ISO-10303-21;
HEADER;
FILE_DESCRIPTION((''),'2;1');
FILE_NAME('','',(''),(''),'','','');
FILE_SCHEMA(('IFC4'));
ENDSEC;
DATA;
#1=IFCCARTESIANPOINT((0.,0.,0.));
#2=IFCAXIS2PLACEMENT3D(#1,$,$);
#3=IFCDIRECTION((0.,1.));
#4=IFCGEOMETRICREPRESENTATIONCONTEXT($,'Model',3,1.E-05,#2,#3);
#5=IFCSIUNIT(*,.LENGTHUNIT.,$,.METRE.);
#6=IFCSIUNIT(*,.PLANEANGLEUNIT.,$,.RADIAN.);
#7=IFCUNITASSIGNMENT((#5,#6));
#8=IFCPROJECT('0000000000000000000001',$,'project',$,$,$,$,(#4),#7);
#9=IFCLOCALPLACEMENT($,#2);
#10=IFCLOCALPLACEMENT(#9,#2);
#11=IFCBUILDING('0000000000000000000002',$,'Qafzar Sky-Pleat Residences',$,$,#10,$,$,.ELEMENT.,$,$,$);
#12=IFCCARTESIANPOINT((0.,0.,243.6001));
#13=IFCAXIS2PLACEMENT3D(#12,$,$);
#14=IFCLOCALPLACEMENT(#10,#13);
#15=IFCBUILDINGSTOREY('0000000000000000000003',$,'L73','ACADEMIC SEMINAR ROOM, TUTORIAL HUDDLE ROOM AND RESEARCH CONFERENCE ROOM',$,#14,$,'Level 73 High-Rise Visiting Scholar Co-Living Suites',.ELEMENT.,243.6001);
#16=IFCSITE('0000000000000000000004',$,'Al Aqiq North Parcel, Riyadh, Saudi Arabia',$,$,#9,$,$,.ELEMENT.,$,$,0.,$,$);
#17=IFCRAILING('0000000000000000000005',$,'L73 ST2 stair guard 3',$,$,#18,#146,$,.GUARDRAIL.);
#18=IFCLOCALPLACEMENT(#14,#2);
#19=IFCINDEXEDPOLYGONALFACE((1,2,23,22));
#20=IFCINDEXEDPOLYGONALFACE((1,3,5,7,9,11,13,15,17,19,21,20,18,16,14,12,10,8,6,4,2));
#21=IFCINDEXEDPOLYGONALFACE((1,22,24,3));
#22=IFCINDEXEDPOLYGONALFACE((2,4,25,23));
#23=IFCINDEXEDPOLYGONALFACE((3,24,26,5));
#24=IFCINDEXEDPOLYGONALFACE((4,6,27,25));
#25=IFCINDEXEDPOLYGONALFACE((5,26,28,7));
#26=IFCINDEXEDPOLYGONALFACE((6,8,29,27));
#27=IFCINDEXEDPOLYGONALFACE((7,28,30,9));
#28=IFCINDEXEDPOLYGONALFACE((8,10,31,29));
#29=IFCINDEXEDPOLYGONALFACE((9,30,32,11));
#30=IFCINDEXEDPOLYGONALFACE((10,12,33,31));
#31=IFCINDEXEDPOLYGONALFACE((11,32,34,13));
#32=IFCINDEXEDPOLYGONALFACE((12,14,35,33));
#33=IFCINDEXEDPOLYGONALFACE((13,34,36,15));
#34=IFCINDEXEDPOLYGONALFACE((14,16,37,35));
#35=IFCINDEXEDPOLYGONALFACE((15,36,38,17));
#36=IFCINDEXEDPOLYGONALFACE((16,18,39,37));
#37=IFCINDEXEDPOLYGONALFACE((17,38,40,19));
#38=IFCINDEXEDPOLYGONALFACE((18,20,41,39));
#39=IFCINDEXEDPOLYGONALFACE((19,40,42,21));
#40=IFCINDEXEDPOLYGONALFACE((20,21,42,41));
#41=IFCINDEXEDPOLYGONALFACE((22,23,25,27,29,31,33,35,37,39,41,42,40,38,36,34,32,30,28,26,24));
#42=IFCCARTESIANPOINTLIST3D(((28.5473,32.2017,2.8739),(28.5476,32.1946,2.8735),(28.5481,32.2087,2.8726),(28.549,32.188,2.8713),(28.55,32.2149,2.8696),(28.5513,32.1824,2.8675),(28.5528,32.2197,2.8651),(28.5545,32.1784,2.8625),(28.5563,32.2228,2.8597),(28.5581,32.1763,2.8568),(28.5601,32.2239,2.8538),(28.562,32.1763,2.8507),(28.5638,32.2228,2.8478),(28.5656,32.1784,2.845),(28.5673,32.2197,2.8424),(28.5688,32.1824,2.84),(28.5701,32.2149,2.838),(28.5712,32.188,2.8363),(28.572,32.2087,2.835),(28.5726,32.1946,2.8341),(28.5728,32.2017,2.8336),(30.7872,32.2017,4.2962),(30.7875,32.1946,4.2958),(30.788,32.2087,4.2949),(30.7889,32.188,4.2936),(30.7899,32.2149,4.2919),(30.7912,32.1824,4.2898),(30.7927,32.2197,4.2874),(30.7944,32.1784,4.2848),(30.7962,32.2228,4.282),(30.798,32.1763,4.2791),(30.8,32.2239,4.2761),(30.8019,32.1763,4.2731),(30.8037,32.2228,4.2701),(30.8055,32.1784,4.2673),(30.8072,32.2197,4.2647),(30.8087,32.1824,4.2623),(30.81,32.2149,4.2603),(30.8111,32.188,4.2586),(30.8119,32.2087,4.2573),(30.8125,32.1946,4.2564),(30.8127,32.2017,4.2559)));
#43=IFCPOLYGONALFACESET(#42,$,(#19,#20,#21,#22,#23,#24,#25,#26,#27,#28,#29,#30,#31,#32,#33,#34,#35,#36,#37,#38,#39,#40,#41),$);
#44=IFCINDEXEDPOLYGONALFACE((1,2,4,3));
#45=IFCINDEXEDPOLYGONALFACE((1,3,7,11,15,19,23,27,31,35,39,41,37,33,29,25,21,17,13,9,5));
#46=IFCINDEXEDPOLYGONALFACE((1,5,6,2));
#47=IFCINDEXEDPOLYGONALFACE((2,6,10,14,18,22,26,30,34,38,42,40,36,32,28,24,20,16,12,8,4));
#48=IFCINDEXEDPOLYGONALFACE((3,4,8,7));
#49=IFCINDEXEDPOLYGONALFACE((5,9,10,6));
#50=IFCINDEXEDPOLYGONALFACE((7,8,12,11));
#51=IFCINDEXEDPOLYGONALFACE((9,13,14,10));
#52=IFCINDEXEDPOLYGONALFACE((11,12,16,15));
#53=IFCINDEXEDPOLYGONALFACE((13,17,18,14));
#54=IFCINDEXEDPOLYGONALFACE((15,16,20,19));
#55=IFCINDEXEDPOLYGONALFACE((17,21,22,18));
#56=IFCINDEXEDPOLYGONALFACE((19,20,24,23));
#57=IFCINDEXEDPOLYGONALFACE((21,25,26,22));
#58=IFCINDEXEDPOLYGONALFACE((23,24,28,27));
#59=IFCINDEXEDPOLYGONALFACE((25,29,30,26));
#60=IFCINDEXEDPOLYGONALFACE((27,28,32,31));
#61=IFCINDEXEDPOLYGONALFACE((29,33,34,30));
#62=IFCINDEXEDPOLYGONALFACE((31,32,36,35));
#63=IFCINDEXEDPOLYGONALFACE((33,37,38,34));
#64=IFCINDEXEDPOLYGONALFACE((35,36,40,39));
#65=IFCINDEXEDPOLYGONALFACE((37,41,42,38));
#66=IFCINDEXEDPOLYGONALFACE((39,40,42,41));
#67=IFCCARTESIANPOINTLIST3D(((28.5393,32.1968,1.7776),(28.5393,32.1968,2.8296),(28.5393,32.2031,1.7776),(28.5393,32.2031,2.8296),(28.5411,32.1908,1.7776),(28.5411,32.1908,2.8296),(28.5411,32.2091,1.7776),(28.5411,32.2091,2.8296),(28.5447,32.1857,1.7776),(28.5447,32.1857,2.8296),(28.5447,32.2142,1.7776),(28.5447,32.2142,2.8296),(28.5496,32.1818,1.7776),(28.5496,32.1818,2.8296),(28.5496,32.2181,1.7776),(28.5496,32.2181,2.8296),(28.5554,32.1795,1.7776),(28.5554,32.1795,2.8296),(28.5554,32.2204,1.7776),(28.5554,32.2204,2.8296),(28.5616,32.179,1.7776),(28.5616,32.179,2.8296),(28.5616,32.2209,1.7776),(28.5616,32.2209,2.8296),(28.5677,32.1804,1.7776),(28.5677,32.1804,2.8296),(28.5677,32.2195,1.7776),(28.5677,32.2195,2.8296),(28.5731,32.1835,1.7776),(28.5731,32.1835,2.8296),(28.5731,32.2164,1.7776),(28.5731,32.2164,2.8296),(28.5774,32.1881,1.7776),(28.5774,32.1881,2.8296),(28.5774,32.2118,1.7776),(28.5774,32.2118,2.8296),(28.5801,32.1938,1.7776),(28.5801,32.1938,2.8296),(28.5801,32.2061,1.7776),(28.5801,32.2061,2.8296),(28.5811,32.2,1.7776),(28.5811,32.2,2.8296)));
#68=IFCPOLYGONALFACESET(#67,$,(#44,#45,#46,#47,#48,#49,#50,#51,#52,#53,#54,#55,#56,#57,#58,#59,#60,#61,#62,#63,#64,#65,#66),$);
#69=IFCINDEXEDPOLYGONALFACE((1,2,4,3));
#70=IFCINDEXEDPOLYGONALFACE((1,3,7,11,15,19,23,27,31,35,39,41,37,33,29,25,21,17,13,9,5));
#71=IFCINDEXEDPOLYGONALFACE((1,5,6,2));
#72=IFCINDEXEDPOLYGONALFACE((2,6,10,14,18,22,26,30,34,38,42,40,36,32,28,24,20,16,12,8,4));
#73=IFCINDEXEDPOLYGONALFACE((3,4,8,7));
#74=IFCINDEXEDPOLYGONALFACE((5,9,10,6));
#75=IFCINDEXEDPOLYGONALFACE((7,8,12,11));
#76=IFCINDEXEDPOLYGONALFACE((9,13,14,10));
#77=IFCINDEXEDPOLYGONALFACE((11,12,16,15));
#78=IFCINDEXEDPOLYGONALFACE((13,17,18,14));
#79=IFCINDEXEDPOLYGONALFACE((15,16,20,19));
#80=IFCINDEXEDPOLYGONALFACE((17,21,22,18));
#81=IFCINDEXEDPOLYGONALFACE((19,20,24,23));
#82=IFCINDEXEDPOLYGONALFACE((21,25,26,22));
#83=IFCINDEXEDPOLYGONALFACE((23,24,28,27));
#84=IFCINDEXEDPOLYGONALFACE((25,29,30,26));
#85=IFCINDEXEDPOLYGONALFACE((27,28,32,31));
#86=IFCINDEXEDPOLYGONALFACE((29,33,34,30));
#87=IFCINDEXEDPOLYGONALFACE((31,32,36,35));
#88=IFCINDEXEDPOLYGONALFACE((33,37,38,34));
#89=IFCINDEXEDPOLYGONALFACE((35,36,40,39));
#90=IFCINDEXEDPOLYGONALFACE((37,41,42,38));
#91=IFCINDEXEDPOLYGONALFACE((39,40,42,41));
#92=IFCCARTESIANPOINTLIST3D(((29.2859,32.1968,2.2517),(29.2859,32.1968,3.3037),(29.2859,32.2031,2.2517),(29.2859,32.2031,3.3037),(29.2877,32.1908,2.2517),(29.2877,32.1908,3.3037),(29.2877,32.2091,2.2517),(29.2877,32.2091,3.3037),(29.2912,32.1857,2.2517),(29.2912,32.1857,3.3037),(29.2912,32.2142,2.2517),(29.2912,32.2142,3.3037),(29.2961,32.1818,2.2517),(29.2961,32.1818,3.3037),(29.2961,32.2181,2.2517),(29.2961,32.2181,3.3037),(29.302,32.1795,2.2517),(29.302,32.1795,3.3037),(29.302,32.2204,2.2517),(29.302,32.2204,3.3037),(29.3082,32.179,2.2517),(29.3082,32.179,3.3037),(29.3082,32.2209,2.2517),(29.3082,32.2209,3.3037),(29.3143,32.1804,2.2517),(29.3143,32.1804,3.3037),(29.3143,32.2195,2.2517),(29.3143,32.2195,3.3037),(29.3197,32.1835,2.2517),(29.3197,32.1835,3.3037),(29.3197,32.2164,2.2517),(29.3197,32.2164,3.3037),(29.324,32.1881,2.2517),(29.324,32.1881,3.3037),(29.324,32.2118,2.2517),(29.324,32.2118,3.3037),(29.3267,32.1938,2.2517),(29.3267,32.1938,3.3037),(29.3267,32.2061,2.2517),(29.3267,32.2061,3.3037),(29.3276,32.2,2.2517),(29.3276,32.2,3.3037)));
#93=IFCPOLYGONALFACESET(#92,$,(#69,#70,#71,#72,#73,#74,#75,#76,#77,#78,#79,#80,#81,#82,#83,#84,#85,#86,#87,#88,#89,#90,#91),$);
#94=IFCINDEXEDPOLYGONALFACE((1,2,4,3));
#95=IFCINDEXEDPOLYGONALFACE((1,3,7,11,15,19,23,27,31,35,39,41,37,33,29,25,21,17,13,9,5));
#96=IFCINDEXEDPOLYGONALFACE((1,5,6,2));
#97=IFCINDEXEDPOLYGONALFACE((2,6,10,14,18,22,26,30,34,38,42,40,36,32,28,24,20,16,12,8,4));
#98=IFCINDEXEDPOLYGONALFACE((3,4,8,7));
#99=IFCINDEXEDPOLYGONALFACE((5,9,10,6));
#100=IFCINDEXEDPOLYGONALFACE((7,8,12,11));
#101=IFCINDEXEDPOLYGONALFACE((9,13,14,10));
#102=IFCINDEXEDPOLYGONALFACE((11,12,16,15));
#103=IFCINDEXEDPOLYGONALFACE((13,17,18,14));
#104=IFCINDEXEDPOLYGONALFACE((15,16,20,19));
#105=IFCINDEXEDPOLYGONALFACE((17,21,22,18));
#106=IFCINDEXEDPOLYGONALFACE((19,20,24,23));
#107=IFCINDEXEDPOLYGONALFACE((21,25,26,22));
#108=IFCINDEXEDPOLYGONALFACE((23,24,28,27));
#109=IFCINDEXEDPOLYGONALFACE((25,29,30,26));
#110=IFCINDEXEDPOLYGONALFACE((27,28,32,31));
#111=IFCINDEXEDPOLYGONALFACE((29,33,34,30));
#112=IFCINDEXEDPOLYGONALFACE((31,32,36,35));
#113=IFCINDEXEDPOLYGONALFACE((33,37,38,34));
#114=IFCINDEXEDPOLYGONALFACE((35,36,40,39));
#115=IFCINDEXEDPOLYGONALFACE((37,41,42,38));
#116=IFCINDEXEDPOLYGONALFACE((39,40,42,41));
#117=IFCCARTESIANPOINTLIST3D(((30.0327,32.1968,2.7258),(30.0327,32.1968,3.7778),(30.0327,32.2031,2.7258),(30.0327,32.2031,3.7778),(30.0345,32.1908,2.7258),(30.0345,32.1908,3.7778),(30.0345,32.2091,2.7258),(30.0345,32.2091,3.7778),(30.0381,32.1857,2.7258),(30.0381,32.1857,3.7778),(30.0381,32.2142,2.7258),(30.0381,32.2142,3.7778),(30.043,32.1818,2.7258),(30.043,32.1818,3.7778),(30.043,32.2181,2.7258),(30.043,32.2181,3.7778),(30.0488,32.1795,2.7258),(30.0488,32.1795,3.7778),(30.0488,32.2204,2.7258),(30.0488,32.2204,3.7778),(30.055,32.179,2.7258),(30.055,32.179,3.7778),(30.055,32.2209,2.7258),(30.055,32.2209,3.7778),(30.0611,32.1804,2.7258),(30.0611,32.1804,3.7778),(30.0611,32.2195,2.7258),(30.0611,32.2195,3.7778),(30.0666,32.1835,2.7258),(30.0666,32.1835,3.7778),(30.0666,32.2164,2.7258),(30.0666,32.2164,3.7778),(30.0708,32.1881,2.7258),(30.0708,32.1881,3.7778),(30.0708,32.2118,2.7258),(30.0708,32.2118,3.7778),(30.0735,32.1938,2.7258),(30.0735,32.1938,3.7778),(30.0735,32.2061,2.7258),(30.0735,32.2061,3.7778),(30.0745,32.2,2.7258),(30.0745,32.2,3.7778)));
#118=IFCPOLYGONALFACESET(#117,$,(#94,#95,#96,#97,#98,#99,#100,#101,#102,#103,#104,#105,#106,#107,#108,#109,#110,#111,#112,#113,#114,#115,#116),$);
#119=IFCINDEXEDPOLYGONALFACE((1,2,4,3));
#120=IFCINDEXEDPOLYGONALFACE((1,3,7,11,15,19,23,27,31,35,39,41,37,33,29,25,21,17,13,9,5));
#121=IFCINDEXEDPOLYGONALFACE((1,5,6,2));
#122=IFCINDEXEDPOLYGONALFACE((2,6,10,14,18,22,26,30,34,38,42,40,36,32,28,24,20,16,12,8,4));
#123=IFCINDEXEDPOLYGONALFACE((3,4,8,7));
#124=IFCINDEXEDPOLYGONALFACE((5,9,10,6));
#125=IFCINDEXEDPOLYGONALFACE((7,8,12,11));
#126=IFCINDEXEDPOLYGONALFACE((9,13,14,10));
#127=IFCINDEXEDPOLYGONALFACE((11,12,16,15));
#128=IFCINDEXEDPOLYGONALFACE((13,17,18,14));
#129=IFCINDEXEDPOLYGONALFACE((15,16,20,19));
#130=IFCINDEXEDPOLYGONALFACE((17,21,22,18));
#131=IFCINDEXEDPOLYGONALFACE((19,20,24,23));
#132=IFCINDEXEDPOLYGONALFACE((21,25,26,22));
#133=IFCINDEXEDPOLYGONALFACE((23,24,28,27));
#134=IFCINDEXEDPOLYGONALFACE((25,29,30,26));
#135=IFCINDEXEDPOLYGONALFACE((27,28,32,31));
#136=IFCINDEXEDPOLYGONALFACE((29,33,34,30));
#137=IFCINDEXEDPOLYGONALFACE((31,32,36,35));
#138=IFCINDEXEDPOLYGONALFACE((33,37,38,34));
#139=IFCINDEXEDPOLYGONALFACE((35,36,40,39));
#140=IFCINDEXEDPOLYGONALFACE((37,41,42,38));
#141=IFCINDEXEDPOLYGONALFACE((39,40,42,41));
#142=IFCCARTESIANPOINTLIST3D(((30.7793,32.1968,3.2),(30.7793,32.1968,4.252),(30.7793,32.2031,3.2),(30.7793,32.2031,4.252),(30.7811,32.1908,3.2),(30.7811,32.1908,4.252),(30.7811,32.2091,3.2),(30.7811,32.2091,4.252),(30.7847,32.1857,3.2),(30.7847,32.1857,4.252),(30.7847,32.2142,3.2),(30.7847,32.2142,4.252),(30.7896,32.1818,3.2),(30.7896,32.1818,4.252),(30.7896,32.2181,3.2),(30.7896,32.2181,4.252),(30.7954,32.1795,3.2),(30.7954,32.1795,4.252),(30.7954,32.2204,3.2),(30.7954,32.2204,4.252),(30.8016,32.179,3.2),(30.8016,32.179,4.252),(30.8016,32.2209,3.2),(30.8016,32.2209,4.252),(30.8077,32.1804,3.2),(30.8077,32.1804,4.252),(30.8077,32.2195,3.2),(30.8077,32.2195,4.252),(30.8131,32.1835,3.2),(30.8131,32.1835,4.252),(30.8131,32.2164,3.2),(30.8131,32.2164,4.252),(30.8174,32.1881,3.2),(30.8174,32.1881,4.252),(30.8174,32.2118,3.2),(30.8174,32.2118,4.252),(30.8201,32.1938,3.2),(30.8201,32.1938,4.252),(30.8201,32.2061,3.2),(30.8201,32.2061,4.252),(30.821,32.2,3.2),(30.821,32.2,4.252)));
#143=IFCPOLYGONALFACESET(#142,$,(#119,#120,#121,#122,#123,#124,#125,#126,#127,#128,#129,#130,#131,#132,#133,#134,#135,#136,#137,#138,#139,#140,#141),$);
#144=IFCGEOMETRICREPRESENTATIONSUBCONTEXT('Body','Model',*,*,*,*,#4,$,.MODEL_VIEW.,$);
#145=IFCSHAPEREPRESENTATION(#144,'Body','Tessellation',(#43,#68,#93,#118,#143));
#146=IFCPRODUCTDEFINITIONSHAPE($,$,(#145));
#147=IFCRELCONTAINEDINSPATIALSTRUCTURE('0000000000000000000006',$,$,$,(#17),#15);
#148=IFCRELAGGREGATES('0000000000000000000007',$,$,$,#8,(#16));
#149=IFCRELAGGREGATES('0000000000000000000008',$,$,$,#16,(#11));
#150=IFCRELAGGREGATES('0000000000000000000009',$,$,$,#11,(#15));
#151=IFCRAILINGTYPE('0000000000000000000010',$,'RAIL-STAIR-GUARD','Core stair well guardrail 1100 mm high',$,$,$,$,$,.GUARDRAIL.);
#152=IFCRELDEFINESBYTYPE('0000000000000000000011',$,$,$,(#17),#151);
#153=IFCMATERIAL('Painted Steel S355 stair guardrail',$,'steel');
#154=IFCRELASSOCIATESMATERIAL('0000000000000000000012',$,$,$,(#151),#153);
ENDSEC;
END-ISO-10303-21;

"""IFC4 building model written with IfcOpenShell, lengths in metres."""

from ifc_helpers import new_model, si_unit, direction, frame, origin, origin_2d, place, context, subcontext, project, spatial, circle, extrude, source, transform, mapped, material, type_object, element, save


model = new_model("IFC4")

# Units and contexts
model_context = context("Model", 3, precision=1e-05, world=origin(), true_north=direction((0.0, 1.0)))
body_context = subcontext(model_context, "Body", "Model", "MODEL_VIEW")
ifc_project = project(units=[si_unit("LENGTHUNIT", "METRE"), si_unit("PLANEANGLEUNIT", "RADIAN")], contexts=[model_context])

# Site, building, storey
site_placement = place(None, origin())
site = spatial("IfcSite", under=ifc_project, at=site_placement, Name="Al Aqiq North Parcel, Riyadh, Saudi Arabia", CompositionType="ELEMENT", RefElevation=0.0)
building_placement = place(site_placement, origin())
building = spatial("IfcBuilding", under=site, at=building_placement, Name="Qafzar Sky-Pleat Residences", CompositionType="ELEMENT")
storey_placement = place(building_placement, frame((0.0, 0.0, 243.6001)))
storey = spatial("IfcBuildingStorey", under=building, at=storey_placement, Name="L73", Description="ACADEMIC SEMINAR ROOM, TUTORIAL HUDDLE ROOM AND RESEARCH CONFERENCE ROOM", LongName="Level 73 High-Rise Visiting Scholar Co-Living Suites", CompositionType="ELEMENT", Elevation=243.6001)

# Railing
ifc_material_1 = material(Name="Painted Steel S355 stair guardrail", Category="steel")
railing_type_1 = type_object("IfcRailingType", Name="RAIL-STAIR-GUARD", Description="Core stair well guardrail 1100 mm high", PredefinedType="GUARDRAIL", material=ifc_material_1)
shared_shape_1 = source(origin(), body_context, "Body", "SweptSolid", [
    extrude(circle(Radius=0.0239, at=origin_2d()), frame((0.0, 0.0, 1.0762), z_axis=(0.844188, 0.0, 0.536048), x_axis=(0.0, 1.0, 0.0)), (0.0, 0.0, 1.0), 2.6533),
    extrude(circle(Radius=0.021, at=origin_2d()), origin(), (0.0, 0.0, 1.0), 1.052),
    extrude(circle(Radius=0.021, at=origin_2d()), frame((0.7466, 0.0, 0.4741)), (0.0, 0.0, 1.0), 1.052),
    extrude(circle(Radius=0.021, at=origin_2d()), frame((1.4934, 0.0, 0.9482)), (0.0, 0.0, 1.0), 1.052),
    extrude(circle(Radius=0.021, at=origin_2d()), frame((2.24, 0.0, 1.4224)), (0.0, 0.0, 1.0), 1.052),
])
railing_1_placement = place(storey_placement, frame((28.5601, 32.2, 1.7776)))
element("IfcRailing", 1, at=railing_1_placement, inside=storey, type_object=railing_type_1, Name="L73 ST2 stair guard 3", PredefinedType="GUARDRAIL", context=body_context, shape_type="MappedRepresentation", body=[
    mapped(shared_shape_1, transform((0.0, 0.0, 0.0), x_axis=(1.0, 0.0, 0.0), y_axis=(0.0, 1.0, 0.0), z_axis=(0.0, 0.0, 1.0), scale=1.0)),
])

save(model, "model.ifc")
